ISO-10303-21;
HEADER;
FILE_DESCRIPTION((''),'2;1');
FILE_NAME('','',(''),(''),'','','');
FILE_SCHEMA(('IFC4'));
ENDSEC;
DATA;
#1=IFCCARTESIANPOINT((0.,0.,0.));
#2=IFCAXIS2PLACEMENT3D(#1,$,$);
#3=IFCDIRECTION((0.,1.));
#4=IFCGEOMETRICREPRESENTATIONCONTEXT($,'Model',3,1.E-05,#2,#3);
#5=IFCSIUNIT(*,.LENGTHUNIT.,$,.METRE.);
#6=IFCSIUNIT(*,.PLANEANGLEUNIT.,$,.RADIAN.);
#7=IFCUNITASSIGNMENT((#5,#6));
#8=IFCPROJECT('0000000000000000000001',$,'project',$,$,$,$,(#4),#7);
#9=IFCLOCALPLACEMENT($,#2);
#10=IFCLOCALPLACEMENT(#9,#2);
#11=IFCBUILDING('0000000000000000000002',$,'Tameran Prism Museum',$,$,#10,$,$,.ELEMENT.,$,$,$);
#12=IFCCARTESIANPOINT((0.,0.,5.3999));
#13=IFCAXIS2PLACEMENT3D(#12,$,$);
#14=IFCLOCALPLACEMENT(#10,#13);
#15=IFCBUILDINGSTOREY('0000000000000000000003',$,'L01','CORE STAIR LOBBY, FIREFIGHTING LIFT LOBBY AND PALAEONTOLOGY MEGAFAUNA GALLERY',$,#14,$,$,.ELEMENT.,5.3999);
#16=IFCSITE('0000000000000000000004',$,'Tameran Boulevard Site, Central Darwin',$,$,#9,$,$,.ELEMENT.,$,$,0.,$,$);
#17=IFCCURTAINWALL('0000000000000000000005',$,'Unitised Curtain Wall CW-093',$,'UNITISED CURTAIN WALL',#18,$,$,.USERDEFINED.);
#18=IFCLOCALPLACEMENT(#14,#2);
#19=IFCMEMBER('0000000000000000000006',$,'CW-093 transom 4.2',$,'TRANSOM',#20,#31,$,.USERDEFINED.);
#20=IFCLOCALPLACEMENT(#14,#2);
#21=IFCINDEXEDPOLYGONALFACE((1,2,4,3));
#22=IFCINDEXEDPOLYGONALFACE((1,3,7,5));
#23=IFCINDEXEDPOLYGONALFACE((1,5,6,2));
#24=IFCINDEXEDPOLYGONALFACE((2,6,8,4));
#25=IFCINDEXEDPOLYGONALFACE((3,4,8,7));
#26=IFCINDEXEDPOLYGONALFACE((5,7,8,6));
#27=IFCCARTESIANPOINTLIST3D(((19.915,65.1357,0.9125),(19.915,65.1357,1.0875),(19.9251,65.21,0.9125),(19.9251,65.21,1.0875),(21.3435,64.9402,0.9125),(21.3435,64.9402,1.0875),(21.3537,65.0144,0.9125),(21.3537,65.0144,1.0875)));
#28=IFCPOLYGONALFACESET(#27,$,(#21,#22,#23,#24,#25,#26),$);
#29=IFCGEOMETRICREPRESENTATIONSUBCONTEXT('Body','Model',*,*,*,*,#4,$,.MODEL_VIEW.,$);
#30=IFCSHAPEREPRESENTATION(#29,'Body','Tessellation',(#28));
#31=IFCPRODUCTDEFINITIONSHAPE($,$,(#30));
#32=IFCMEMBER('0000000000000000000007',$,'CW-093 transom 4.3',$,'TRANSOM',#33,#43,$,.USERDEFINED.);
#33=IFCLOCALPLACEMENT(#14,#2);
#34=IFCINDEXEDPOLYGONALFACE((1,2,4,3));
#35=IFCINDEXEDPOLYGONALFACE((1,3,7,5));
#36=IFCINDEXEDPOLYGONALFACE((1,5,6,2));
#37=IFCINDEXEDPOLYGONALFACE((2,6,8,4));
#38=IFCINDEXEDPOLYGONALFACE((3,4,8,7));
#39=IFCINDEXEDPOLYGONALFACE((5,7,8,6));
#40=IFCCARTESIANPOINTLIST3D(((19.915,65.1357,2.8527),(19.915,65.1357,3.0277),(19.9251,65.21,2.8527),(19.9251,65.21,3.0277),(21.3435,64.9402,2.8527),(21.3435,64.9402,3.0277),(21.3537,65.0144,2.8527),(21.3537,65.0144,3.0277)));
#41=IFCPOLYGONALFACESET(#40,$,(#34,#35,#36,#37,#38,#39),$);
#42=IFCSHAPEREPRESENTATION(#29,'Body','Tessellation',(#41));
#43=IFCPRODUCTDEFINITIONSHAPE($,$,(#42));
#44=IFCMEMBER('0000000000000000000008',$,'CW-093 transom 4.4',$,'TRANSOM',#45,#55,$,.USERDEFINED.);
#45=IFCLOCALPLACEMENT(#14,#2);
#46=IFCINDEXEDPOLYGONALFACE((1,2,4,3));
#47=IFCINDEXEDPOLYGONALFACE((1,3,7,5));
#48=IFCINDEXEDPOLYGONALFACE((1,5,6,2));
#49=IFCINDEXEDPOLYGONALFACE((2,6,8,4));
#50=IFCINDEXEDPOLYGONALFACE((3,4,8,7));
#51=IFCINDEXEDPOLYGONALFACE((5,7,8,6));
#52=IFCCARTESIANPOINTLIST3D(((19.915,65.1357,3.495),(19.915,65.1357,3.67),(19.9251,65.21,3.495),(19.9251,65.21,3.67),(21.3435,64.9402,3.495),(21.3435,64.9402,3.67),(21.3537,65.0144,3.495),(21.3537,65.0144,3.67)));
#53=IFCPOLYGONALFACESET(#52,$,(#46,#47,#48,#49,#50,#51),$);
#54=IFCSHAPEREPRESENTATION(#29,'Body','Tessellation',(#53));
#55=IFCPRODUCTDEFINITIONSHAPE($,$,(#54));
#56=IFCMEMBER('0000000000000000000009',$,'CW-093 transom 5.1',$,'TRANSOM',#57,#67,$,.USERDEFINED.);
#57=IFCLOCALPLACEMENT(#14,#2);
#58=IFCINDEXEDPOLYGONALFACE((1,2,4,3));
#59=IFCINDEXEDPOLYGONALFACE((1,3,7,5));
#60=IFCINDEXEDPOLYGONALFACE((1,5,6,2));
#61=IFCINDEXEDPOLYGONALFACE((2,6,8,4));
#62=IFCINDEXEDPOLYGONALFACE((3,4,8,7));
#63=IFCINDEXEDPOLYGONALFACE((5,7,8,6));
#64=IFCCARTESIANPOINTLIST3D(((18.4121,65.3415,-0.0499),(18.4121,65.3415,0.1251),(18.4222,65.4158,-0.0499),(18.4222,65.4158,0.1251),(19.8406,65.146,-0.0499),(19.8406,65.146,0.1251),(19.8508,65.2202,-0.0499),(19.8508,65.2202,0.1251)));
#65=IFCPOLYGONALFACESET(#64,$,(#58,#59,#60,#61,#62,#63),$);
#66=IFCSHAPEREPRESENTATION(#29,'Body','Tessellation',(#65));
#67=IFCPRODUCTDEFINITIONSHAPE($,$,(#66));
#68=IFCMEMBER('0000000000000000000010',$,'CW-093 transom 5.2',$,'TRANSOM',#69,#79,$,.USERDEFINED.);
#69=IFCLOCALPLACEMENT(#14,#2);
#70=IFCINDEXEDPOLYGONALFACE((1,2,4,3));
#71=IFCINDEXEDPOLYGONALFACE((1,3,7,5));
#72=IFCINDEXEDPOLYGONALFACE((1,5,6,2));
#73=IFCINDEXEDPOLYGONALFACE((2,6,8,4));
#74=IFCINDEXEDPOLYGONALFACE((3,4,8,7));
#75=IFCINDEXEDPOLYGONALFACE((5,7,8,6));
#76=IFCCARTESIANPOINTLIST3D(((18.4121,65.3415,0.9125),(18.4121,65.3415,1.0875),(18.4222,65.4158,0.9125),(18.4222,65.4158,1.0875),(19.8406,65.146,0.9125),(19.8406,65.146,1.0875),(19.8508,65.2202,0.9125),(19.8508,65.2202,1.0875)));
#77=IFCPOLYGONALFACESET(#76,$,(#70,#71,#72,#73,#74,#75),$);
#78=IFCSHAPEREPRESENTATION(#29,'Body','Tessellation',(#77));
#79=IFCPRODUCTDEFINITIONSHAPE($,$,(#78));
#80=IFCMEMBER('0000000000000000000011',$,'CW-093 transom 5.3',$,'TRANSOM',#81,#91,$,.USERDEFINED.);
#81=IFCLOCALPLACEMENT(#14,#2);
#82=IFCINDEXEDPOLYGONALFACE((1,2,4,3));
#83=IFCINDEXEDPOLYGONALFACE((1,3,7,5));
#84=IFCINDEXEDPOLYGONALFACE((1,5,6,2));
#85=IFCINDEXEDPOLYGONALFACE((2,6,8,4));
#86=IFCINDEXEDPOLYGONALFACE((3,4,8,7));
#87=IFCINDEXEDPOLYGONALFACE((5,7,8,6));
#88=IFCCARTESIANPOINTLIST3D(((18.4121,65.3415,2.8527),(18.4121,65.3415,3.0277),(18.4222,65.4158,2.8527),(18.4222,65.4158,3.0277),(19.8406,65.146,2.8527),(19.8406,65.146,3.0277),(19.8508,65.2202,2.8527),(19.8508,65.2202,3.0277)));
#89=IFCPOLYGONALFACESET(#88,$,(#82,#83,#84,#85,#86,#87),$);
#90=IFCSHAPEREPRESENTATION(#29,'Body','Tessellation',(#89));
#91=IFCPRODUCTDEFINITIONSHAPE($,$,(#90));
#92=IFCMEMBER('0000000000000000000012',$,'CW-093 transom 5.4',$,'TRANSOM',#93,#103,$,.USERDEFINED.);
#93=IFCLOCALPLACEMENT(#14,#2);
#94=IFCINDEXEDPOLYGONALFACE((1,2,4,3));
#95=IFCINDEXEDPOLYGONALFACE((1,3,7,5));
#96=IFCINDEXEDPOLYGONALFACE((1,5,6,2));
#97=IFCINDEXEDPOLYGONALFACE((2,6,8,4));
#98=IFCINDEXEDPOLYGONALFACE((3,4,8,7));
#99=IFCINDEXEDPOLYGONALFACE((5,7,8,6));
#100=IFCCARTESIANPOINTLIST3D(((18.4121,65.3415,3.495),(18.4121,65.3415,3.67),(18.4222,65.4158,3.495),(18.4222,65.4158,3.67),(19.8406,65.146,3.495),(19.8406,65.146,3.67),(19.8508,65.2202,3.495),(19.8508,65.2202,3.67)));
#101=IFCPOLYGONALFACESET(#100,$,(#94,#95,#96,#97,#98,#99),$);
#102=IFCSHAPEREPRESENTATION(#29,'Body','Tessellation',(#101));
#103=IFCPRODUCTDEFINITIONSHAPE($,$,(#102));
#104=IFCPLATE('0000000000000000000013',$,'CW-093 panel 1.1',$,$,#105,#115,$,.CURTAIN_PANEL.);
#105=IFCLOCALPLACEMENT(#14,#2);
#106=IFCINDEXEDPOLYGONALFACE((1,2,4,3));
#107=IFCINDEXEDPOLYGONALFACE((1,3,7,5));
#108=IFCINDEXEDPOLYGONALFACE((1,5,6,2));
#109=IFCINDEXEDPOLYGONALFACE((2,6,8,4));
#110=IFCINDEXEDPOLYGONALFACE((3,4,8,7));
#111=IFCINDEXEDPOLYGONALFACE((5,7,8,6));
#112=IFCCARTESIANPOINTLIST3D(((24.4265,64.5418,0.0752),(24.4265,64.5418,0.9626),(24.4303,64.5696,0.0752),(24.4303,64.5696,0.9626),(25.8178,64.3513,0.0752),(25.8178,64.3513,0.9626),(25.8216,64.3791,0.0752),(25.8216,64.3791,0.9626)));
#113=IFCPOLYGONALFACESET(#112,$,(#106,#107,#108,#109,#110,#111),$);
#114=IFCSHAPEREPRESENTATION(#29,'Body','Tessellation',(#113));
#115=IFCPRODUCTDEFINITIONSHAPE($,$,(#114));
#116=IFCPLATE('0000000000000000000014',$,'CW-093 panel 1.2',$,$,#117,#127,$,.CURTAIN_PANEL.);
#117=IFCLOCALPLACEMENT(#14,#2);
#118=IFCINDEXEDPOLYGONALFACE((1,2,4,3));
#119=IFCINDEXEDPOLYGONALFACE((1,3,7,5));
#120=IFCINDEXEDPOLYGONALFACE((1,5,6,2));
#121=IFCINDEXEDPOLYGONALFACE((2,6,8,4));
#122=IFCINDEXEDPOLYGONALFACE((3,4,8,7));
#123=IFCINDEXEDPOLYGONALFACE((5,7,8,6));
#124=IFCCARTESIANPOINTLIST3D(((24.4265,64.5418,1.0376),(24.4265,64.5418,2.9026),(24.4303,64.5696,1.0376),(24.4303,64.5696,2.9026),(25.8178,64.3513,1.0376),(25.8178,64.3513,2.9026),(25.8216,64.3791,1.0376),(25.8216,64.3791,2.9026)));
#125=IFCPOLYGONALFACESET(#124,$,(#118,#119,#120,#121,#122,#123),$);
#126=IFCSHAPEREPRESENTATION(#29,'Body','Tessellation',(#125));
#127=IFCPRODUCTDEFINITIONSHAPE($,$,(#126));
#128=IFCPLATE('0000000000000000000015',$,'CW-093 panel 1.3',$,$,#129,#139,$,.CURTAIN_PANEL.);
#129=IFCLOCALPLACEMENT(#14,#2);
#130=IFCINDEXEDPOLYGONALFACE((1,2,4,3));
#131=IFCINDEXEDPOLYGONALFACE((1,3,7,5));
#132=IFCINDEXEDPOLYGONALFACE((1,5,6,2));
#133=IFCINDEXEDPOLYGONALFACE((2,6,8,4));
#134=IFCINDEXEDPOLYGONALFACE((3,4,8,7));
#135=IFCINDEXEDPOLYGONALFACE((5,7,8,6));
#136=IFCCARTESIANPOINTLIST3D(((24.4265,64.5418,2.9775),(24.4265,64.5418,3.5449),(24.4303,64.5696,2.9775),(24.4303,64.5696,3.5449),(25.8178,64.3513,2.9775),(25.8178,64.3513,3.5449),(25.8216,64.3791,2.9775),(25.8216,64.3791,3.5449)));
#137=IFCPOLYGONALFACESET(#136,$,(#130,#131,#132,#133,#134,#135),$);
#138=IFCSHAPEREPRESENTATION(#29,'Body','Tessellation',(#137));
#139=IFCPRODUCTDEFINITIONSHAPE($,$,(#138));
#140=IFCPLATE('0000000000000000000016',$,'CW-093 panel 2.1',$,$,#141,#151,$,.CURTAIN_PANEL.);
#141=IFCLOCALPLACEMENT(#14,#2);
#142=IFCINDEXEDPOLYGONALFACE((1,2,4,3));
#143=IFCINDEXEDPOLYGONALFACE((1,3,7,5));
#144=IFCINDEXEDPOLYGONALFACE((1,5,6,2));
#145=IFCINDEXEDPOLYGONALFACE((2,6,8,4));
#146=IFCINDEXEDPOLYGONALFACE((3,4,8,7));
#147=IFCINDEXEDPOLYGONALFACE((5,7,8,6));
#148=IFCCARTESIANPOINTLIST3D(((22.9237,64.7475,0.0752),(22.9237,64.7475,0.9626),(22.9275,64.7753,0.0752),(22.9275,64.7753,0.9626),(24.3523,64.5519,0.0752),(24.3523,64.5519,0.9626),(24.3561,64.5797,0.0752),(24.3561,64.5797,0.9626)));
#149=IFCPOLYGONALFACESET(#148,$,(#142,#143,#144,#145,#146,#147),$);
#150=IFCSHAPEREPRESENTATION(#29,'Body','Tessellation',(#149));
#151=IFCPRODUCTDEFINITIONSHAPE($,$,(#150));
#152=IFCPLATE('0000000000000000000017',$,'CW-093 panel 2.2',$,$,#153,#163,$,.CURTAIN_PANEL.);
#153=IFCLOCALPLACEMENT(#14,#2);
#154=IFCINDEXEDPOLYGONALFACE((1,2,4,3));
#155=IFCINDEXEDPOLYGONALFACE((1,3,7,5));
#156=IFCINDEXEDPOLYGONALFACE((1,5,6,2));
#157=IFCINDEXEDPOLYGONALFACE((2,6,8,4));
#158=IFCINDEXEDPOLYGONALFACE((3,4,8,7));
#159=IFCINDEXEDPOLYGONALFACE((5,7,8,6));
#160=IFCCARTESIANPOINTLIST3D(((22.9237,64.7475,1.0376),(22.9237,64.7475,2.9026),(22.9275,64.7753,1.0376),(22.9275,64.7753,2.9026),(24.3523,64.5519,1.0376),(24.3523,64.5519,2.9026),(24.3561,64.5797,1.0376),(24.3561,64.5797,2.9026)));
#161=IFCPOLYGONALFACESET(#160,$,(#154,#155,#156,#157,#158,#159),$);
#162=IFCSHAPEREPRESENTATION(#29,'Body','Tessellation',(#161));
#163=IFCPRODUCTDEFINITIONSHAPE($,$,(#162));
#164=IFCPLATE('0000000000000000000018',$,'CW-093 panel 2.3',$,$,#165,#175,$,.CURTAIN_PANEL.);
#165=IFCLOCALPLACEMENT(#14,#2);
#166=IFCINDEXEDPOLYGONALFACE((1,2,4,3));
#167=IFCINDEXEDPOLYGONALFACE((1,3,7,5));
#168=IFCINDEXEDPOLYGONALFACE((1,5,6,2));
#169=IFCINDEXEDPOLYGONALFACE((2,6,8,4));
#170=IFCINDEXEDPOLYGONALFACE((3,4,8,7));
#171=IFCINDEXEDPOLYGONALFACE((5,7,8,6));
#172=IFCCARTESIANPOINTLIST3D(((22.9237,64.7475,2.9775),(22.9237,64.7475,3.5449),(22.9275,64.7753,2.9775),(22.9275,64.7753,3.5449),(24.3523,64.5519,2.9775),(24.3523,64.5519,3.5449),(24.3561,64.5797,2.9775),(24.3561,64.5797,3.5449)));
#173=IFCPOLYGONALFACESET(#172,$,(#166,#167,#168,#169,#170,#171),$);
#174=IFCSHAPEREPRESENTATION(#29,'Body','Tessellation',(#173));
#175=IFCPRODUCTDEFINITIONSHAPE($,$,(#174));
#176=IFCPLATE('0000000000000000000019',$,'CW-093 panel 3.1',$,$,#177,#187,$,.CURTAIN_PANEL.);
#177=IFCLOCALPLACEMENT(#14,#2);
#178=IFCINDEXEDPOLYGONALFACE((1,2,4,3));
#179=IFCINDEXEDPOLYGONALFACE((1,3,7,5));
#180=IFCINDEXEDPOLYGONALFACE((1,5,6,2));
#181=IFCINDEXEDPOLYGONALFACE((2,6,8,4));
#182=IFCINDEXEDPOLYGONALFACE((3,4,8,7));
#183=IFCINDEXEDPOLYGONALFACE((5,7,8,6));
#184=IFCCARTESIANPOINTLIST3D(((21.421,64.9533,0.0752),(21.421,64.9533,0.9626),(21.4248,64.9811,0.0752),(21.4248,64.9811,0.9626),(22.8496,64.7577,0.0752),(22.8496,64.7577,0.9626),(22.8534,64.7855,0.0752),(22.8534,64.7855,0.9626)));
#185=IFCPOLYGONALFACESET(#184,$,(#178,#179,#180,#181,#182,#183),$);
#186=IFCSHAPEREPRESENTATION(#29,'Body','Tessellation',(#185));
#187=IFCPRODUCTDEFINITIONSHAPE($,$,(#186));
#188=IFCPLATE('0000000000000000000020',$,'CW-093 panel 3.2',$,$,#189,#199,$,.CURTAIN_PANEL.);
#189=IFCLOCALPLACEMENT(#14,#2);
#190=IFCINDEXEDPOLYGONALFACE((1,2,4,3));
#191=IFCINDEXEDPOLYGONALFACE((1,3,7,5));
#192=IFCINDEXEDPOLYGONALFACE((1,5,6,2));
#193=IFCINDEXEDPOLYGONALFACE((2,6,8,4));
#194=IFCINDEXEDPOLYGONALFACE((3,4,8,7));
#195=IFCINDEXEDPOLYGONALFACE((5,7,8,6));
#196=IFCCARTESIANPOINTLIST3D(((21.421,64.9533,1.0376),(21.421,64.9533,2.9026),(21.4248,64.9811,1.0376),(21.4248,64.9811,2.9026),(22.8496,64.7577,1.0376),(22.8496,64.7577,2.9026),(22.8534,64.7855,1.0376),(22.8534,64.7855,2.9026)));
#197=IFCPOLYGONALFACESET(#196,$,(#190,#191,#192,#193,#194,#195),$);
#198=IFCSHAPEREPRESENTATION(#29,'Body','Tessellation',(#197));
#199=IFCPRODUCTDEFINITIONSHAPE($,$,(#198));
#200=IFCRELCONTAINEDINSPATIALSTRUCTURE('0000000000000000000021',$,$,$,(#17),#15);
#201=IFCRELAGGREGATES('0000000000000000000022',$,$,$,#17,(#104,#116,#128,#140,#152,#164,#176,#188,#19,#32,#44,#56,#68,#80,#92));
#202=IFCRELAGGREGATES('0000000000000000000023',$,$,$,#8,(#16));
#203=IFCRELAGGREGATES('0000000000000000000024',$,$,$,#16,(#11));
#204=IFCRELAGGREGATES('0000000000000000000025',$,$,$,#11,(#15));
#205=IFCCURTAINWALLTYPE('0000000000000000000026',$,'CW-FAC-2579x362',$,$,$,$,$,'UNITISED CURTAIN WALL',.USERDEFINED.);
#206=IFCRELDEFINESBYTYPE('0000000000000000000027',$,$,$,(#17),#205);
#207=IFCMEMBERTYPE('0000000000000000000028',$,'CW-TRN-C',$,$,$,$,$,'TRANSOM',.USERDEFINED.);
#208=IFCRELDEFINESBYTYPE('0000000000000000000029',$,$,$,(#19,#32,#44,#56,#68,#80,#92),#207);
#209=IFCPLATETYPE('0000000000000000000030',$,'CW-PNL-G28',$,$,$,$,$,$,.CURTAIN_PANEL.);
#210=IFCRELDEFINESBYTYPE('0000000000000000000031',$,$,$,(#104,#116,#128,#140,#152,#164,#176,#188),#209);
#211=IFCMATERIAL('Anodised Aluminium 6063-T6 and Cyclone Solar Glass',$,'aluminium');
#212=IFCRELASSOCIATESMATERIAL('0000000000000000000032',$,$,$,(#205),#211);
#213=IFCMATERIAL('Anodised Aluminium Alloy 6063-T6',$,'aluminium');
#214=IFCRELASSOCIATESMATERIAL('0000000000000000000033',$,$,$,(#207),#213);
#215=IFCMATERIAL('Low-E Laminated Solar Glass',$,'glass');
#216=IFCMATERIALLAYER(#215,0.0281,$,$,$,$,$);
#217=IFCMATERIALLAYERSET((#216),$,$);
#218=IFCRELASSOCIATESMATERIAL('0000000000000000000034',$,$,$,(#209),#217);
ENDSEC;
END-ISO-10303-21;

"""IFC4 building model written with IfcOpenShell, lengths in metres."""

from ifc_helpers import new_model, si_unit, direction, frame, origin, origin_2d, place, context, subcontext, project, spatial, rectangle, extrude, material, layer, layer_set, material_profile, profile_set, type_object, element, aggregate, save


model = new_model("IFC4")

# Units and contexts
model_context = context("Model", 3, precision=1e-05, world=origin(), true_north=direction((0.0, 1.0)))
body_context = subcontext(model_context, "Body", "Model", "MODEL_VIEW")
ifc_project = project(units=[si_unit("LENGTHUNIT", "METRE"), si_unit("PLANEANGLEUNIT", "RADIAN")], contexts=[model_context])

# Site, building, storey
site_placement = place(None, origin())
site = spatial("IfcSite", under=ifc_project, at=site_placement, Name="Tameran Boulevard Site, Central Darwin", CompositionType="ELEMENT", RefElevation=0.0)
building_placement = place(site_placement, origin())
building = spatial("IfcBuilding", under=site, at=building_placement, Name="Tameran Prism Museum", CompositionType="ELEMENT")
storey_placement = place(building_placement, frame((0.0, 0.0, 5.3999)))
storey = spatial("IfcBuildingStorey", under=building, at=storey_placement, Name="L01", Description="CORE STAIR LOBBY, FIREFIGHTING LIFT LOBBY AND PALAEONTOLOGY MEGAFAUNA GALLERY", CompositionType="ELEMENT", Elevation=5.3999)

# Curtain wall, members, plates
ifc_material_1 = material(Name="Anodised Aluminium 6063-T6 and Cyclone Solar Glass", Category="aluminium")
curtain_wall_type = type_object("IfcCurtainWallType", Name="CW-FAC-2579x362", ElementType="UNITISED CURTAIN WALL", PredefinedType="USERDEFINED", material=ifc_material_1)
curtain_wall_placement = place(storey_placement, origin())
curtain_wall = element("IfcCurtainWall", 1, at=curtain_wall_placement, inside=storey, type_object=curtain_wall_type, Name="Unitised Curtain Wall CW-093", ObjectType="UNITISED CURTAIN WALL", PredefinedType="USERDEFINED")
ifc_material_2 = material(Name="Anodised Aluminium Alloy 6063-T6", Category="aluminium")
ifc_material_profile_1 = material_profile(ifc_material_2, rectangle(XDim=0.075, YDim=0.175, at=origin_2d()))
ifc_profile_set_1 = profile_set([ifc_material_profile_1])
member_type_1 = type_object("IfcMemberType", Name="CW-TRN-C", ElementType="TRANSOM", PredefinedType="USERDEFINED", material=ifc_profile_set_1)
member_1_placement = place(storey_placement, frame((21.3486, 64.9773, 1.0), z_axis=(-0.990759, 0.135635, 0.0), x_axis=(-0.135635, -0.990759, 0.0)))
member_1 = element("IfcMember", 2, at=member_1_placement, type_object=member_type_1, Name="CW-093 transom 4.2", ObjectType="TRANSOM", PredefinedType="USERDEFINED", context=body_context, shape_type="SweptSolid", body=[
    extrude(rectangle(XDim=0.075, YDim=0.175, at=origin_2d()), origin(), (0.0, 0.0, 1.0), 1.4419),
])
member_2_placement = place(storey_placement, frame((21.3486, 64.9773, 2.9402), z_axis=(-0.990759, 0.135635, 0.0), x_axis=(-0.135635, -0.990759, 0.0)))
member_2 = element("IfcMember", 3, at=member_2_placement, type_object=member_type_1, Name="CW-093 transom 4.3", ObjectType="TRANSOM", PredefinedType="USERDEFINED", context=body_context, shape_type="SweptSolid", body=[
    extrude(rectangle(XDim=0.075, YDim=0.175, at=origin_2d()), origin(), (0.0, 0.0, 1.0), 1.4419),
])
member_3_placement = place(storey_placement, frame((21.3486, 64.9773, 3.5825), z_axis=(-0.990759, 0.135635, 0.0), x_axis=(-0.135635, -0.990759, 0.0)))
member_3 = element("IfcMember", 4, at=member_3_placement, type_object=member_type_1, Name="CW-093 transom 4.4", ObjectType="TRANSOM", PredefinedType="USERDEFINED", context=body_context, shape_type="SweptSolid", body=[
    extrude(rectangle(XDim=0.075, YDim=0.175, at=origin_2d()), origin(), (0.0, 0.0, 1.0), 1.4419),
])
member_4_placement = place(storey_placement, frame((19.8457, 65.1831, 0.0376), z_axis=(-0.990759, 0.135635, 0.0), x_axis=(-0.135635, -0.990759, 0.0)))
member_4 = element("IfcMember", 5, at=member_4_placement, type_object=member_type_1, Name="CW-093 transom 5.1", ObjectType="TRANSOM", PredefinedType="USERDEFINED", context=body_context, shape_type="SweptSolid", body=[
    extrude(rectangle(XDim=0.075, YDim=0.175, at=origin_2d()), origin(), (0.0, 0.0, 1.0), 1.4419),
])
member_5_placement = place(storey_placement, frame((19.8457, 65.1831, 1.0), z_axis=(-0.990759, 0.135635, 0.0), x_axis=(-0.135635, -0.990759, 0.0)))
member_5 = element("IfcMember", 6, at=member_5_placement, type_object=member_type_1, Name="CW-093 transom 5.2", ObjectType="TRANSOM", PredefinedType="USERDEFINED", context=body_context, shape_type="SweptSolid", body=[
    extrude(rectangle(XDim=0.075, YDim=0.175, at=origin_2d()), origin(), (0.0, 0.0, 1.0), 1.4419),
])
member_6_placement = place(storey_placement, frame((19.8457, 65.1831, 2.9402), z_axis=(-0.990759, 0.135635, 0.0), x_axis=(-0.135635, -0.990759, 0.0)))
member_6 = element("IfcMember", 7, at=member_6_placement, type_object=member_type_1, Name="CW-093 transom 5.3", ObjectType="TRANSOM", PredefinedType="USERDEFINED", context=body_context, shape_type="SweptSolid", body=[
    extrude(rectangle(XDim=0.075, YDim=0.175, at=origin_2d()), origin(), (0.0, 0.0, 1.0), 1.4419),
])
member_7_placement = place(storey_placement, frame((19.8457, 65.1831, 3.5825), z_axis=(-0.990759, 0.135635, 0.0), x_axis=(-0.135635, -0.990759, 0.0)))
member_7 = element("IfcMember", 8, at=member_7_placement, type_object=member_type_1, Name="CW-093 transom 5.4", ObjectType="TRANSOM", PredefinedType="USERDEFINED", context=body_context, shape_type="SweptSolid", body=[
    extrude(rectangle(XDim=0.075, YDim=0.175, at=origin_2d()), origin(), (0.0, 0.0, 1.0), 1.4419),
])
ifc_material_3 = material(Name="Low-E Laminated Solar Glass", Category="glass")
ifc_layer_1 = layer(ifc_material_3, 0.0281)
ifc_layer_set_1 = layer_set([ifc_layer_1])
plate_type = type_object("IfcPlateType", Name="CW-PNL-G28", PredefinedType="CURTAIN_PANEL", material=ifc_layer_set_1)
plate_1_placement = place(storey_placement, frame((25.124, 64.4604, 0.0752), z_axis=(0.0, 0.0, 1.0), x_axis=(-0.990756, 0.135658, 0.0)))
plate_1 = element("IfcPlate", 9, at=plate_1_placement, type_object=plate_type, Name="CW-093 panel 1.1", PredefinedType="CURTAIN_PANEL", context=body_context, shape_type="SweptSolid", body=[
    extrude(rectangle(XDim=1.4043, YDim=0.0281, at=origin_2d()), origin(), (0.0, 0.0, 1.0), 0.8875),
])
plate_2_placement = place(storey_placement, frame((25.124, 64.4604, 1.0376), z_axis=(0.0, 0.0, 1.0), x_axis=(-0.990756, 0.135658, 0.0)))
plate_2 = element("IfcPlate", 10, at=plate_2_placement, type_object=plate_type, Name="CW-093 panel 1.2", PredefinedType="CURTAIN_PANEL", context=body_context, shape_type="SweptSolid", body=[
    extrude(rectangle(XDim=1.4043, YDim=0.0281, at=origin_2d()), origin(), (0.0, 0.0, 1.0), 1.865),
])
plate_3_placement = place(storey_placement, frame((25.124, 64.4604, 2.9775), z_axis=(0.0, 0.0, 1.0), x_axis=(-0.990756, 0.135658, 0.0)))
plate_3 = element("IfcPlate", 11, at=plate_3_placement, type_object=plate_type, Name="CW-093 panel 1.3", PredefinedType="CURTAIN_PANEL", context=body_context, shape_type="SweptSolid", body=[
    extrude(rectangle(XDim=1.4043, YDim=0.0281, at=origin_2d()), origin(), (0.0, 0.0, 1.0), 0.5674),
])
plate_4_placement = place(storey_placement, frame((23.6399, 64.6636, 0.0752), z_axis=(0.0, 0.0, 1.0), x_axis=(-0.990756, 0.135658, 0.0)))
plate_4 = element("IfcPlate", 12, at=plate_4_placement, type_object=plate_type, Name="CW-093 panel 2.1", PredefinedType="CURTAIN_PANEL", context=body_context, shape_type="SweptSolid", body=[
    extrude(rectangle(XDim=1.4419, YDim=0.0281, at=origin_2d()), origin(), (0.0, 0.0, 1.0), 0.8875),
])
plate_5_placement = place(storey_placement, frame((23.6399, 64.6636, 1.0376), z_axis=(0.0, 0.0, 1.0), x_axis=(-0.990756, 0.135658, 0.0)))
plate_5 = element("IfcPlate", 13, at=plate_5_placement, type_object=plate_type, Name="CW-093 panel 2.2", PredefinedType="CURTAIN_PANEL", context=body_context, shape_type="SweptSolid", body=[
    extrude(rectangle(XDim=1.4419, YDim=0.0281, at=origin_2d()), origin(), (0.0, 0.0, 1.0), 1.865),
])
plate_6_placement = place(storey_placement, frame((23.6399, 64.6636, 2.9775), z_axis=(0.0, 0.0, 1.0), x_axis=(-0.990756, 0.135658, 0.0)))
plate_6 = element("IfcPlate", 14, at=plate_6_placement, type_object=plate_type, Name="CW-093 panel 2.3", PredefinedType="CURTAIN_PANEL", context=body_context, shape_type="SweptSolid", body=[
    extrude(rectangle(XDim=1.4419, YDim=0.0281, at=origin_2d()), origin(), (0.0, 0.0, 1.0), 0.5674),
])
plate_7_placement = place(storey_placement, frame((22.1372, 64.8694, 0.0752), z_axis=(0.0, 0.0, 1.0), x_axis=(-0.990756, 0.135658, 0.0)))
plate_7 = element("IfcPlate", 15, at=plate_7_placement, type_object=plate_type, Name="CW-093 panel 3.1", PredefinedType="CURTAIN_PANEL", context=body_context, shape_type="SweptSolid", body=[
    extrude(rectangle(XDim=1.4419, YDim=0.0281, at=origin_2d()), origin(), (0.0, 0.0, 1.0), 0.8875),
])
plate_8_placement = place(storey_placement, frame((22.1372, 64.8694, 1.0376), z_axis=(0.0, 0.0, 1.0), x_axis=(-0.990756, 0.135658, 0.0)))
plate_8 = element("IfcPlate", 16, at=plate_8_placement, type_object=plate_type, Name="CW-093 panel 3.2", PredefinedType="CURTAIN_PANEL", context=body_context, shape_type="SweptSolid", body=[
    extrude(rectangle(XDim=1.4419, YDim=0.0281, at=origin_2d()), origin(), (0.0, 0.0, 1.0), 1.865),
])
aggregate(curtain_wall, [plate_1, plate_2, plate_3, plate_4, plate_5, plate_6, plate_7, plate_8, member_1, member_2, member_3, member_4, member_5, member_6, member_7])

save(model, "model.ifc")
